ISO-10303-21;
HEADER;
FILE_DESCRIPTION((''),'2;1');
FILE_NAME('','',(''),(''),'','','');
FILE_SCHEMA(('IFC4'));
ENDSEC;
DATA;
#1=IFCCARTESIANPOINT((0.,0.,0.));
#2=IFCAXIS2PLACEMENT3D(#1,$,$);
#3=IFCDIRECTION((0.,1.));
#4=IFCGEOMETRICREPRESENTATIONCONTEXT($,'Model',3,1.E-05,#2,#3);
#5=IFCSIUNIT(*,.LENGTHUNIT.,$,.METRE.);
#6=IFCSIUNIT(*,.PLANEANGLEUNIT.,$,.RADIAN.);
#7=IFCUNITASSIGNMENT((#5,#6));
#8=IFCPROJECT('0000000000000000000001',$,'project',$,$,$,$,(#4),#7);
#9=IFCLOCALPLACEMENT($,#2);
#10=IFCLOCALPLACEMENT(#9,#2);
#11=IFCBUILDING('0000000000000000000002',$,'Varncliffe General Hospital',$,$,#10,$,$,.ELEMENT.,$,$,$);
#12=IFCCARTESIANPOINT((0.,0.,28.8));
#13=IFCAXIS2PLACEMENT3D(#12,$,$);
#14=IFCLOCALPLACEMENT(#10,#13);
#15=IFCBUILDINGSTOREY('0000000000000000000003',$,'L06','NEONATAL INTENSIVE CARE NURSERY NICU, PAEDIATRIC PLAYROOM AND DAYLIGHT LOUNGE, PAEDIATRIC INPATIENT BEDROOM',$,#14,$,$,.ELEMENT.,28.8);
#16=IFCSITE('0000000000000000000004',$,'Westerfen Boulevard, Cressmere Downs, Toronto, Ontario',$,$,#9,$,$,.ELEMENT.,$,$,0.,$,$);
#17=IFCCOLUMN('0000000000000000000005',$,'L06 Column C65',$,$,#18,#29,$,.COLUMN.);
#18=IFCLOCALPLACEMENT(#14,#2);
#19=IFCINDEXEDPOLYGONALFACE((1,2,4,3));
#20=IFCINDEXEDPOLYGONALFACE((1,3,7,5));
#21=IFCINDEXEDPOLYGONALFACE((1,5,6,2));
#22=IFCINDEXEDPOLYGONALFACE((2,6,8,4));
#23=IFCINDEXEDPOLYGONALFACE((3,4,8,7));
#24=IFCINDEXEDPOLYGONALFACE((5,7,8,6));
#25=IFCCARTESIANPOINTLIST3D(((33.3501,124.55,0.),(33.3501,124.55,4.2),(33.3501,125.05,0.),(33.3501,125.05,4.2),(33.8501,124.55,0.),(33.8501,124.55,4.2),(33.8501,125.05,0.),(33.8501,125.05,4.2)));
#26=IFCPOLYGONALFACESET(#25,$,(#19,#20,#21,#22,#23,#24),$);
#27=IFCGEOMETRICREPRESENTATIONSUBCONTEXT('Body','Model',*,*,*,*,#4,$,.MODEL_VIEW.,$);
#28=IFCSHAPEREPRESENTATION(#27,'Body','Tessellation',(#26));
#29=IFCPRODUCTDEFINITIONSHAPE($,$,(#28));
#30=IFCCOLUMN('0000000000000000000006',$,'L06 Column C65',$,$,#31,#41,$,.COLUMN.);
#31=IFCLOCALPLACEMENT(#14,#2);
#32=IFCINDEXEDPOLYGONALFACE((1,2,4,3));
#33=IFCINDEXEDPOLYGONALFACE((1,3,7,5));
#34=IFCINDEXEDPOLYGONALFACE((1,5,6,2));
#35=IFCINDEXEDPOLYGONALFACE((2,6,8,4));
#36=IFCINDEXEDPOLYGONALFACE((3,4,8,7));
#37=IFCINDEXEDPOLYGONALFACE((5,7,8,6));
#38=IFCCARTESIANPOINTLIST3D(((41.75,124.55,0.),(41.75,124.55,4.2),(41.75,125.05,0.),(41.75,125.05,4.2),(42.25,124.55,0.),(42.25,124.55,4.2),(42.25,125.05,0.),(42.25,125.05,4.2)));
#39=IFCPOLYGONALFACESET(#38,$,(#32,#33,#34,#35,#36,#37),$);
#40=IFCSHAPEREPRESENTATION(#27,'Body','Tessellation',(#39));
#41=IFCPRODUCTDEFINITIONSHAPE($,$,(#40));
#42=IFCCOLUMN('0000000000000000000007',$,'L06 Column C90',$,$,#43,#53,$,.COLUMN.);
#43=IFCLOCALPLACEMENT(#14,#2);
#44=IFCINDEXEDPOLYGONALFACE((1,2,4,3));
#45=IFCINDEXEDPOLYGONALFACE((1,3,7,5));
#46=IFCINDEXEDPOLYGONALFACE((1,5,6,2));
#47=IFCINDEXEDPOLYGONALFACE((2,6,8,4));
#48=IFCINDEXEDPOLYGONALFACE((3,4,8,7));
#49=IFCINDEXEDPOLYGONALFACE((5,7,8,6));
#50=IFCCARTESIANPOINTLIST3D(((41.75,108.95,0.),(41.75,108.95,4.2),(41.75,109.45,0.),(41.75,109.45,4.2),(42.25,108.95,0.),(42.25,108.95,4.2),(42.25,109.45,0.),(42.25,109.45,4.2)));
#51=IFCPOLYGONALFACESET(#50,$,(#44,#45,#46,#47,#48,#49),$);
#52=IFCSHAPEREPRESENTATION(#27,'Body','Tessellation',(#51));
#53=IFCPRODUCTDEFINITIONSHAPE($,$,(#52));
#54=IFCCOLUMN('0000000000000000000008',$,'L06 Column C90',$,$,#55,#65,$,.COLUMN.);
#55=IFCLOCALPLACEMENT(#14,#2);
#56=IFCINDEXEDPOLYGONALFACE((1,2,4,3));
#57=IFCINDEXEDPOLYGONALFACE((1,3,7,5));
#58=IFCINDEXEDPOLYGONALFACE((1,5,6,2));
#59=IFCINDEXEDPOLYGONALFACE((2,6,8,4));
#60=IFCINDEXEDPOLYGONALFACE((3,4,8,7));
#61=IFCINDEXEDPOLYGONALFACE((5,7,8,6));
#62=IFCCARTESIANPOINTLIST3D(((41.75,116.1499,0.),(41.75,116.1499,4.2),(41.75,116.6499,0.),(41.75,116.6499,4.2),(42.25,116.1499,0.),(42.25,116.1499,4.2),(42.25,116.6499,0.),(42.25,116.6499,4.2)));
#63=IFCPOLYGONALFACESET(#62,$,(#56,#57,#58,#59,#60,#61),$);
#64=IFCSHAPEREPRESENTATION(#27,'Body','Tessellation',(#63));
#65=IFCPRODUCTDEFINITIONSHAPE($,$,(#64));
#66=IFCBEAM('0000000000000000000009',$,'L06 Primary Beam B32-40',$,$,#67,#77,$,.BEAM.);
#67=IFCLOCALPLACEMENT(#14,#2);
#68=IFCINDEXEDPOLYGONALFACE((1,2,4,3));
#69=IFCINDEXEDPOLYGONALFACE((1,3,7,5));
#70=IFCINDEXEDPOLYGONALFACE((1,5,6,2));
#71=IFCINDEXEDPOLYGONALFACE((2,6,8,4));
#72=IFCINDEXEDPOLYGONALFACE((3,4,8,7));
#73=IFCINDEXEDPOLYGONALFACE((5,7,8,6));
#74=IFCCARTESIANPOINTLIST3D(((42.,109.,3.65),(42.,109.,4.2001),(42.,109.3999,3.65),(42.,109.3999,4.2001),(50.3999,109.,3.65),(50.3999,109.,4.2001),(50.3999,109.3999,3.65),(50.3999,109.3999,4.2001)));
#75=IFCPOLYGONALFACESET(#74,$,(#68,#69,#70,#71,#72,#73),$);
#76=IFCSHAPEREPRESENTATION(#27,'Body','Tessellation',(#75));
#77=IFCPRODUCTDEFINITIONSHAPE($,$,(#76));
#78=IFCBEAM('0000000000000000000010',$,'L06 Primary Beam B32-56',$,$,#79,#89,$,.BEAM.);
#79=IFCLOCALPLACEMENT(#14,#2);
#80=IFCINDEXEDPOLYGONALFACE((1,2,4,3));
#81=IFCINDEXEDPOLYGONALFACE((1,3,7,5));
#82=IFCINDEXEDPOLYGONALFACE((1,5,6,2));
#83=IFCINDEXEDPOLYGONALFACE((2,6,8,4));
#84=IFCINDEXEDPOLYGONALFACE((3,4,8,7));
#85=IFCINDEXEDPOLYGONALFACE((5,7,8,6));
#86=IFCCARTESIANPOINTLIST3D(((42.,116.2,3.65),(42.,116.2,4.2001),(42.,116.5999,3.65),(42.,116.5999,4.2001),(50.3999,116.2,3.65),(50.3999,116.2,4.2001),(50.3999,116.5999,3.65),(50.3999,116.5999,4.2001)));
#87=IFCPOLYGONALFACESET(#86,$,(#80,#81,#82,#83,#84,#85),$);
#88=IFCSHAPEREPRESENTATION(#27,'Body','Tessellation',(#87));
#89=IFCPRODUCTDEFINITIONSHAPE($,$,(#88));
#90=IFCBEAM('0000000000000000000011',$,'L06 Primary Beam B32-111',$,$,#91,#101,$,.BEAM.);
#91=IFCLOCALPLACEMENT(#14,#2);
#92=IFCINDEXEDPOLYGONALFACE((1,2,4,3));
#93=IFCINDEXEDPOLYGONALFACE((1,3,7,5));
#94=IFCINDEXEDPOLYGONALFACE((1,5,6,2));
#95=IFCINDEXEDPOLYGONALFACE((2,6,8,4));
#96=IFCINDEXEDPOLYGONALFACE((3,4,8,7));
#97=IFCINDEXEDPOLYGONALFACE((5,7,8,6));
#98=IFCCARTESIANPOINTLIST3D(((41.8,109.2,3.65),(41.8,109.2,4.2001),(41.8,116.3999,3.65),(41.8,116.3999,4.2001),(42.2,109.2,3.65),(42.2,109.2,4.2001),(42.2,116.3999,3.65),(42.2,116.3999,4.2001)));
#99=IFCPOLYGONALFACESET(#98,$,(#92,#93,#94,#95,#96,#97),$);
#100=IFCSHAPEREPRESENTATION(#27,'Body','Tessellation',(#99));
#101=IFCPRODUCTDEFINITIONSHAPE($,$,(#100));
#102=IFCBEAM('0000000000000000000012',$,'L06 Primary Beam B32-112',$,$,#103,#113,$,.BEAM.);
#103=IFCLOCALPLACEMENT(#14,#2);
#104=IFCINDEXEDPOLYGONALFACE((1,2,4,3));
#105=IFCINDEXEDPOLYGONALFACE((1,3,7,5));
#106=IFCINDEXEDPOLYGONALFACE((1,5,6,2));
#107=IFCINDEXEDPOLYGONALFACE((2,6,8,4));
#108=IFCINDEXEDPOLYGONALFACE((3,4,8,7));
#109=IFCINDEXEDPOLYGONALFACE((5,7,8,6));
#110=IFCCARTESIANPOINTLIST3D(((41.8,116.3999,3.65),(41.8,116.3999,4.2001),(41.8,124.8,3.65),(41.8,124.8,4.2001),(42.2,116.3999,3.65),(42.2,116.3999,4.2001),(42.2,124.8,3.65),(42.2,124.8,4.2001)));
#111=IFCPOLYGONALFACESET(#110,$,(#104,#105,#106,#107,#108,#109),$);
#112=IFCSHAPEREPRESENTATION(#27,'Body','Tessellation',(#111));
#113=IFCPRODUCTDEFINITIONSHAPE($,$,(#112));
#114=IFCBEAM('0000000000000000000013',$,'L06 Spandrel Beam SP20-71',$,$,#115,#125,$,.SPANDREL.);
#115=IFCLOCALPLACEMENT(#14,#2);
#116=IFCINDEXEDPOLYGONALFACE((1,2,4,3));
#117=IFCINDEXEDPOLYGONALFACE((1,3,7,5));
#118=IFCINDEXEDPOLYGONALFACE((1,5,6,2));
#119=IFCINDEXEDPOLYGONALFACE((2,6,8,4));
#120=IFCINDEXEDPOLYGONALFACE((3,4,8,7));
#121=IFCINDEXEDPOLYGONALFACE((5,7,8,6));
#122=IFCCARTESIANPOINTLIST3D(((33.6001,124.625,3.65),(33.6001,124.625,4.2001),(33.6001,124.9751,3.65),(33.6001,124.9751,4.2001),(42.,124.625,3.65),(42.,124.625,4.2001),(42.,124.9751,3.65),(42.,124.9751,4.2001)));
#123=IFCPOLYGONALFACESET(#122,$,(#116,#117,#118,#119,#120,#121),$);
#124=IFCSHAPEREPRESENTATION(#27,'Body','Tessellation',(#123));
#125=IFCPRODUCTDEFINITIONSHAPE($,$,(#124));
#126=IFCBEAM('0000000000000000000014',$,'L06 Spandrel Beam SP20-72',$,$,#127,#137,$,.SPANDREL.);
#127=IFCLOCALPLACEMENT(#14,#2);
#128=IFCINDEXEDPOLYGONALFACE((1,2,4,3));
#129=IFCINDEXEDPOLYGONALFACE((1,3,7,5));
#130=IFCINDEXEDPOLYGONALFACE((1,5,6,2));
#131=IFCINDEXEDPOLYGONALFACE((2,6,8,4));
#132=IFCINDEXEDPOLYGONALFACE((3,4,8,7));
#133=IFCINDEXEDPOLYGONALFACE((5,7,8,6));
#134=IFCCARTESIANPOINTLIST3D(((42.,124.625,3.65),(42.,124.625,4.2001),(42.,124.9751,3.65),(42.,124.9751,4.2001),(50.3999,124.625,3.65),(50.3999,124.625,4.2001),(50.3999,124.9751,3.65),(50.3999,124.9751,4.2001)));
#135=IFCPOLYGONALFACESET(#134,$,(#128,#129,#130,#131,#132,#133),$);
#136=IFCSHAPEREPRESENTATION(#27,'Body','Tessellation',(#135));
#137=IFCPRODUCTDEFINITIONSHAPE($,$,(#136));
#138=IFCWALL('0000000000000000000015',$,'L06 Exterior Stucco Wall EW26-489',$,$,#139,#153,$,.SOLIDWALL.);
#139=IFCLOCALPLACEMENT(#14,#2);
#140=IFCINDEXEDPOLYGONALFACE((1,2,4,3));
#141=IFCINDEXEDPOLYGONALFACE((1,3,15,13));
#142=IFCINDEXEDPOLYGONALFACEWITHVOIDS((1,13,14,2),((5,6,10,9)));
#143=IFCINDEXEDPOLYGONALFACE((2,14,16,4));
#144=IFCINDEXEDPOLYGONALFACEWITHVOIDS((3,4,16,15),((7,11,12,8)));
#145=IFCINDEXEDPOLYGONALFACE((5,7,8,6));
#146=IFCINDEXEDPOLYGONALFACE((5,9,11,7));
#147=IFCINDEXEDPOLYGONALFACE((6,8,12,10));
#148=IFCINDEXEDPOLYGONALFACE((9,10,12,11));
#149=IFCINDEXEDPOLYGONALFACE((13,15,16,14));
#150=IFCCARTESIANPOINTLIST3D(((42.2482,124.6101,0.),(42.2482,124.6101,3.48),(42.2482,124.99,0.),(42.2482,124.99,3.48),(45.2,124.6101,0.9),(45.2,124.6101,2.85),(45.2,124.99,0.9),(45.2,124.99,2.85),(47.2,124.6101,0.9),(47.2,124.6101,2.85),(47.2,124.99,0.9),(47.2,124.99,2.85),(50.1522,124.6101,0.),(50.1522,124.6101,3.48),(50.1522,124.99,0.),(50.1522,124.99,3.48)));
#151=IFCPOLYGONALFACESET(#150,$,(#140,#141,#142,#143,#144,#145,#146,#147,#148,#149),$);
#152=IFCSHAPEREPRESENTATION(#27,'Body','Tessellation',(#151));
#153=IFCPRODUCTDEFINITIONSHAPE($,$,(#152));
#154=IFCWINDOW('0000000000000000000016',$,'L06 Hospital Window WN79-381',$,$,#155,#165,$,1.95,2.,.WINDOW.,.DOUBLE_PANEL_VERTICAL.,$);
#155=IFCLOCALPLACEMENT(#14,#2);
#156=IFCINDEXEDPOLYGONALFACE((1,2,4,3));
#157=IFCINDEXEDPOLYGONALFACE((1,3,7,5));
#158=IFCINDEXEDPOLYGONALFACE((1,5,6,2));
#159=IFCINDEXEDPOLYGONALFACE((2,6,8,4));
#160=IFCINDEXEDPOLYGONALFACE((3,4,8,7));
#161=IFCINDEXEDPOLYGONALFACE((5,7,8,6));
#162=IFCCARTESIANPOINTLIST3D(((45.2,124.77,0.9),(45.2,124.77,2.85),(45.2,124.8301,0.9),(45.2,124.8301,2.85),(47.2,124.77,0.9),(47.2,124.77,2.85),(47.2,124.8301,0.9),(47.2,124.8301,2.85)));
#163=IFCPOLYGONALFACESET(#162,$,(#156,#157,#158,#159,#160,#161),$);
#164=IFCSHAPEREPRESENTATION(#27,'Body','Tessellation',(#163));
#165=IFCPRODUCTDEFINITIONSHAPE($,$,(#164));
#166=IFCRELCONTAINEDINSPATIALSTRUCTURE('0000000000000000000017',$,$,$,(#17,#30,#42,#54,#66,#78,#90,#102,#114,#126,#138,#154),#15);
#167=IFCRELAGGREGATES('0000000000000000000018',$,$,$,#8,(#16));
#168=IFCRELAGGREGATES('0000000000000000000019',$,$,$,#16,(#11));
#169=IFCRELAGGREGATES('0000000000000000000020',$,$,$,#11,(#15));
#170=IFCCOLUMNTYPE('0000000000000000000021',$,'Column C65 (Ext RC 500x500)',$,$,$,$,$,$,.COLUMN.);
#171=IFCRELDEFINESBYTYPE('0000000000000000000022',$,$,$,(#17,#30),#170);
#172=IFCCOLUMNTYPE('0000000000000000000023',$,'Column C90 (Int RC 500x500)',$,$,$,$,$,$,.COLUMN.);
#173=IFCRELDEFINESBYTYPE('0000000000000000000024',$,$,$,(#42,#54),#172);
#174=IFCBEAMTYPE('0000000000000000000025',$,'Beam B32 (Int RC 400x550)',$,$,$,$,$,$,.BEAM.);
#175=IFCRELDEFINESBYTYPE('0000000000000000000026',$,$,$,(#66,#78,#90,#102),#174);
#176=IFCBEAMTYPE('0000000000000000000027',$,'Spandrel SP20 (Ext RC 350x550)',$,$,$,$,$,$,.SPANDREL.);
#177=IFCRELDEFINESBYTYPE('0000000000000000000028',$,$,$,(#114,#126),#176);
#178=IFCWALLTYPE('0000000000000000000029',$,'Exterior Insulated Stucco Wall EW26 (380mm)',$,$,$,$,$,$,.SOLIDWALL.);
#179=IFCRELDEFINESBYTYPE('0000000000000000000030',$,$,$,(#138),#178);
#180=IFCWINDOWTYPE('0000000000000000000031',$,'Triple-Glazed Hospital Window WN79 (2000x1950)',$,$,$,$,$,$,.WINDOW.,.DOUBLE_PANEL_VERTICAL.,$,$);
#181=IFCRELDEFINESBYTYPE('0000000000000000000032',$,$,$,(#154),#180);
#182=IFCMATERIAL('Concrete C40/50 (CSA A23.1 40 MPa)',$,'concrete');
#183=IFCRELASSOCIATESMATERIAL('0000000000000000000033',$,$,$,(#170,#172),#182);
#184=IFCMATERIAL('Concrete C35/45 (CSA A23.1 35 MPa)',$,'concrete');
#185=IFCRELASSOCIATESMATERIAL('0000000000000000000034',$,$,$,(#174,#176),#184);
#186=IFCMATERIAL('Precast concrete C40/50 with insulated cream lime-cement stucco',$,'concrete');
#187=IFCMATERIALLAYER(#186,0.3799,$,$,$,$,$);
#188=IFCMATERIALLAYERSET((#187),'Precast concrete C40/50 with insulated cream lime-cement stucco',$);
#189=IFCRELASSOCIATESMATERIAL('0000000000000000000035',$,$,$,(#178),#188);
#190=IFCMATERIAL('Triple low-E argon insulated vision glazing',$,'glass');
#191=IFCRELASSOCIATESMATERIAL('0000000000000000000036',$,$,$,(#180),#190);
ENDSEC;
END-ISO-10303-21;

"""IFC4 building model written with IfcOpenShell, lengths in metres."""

from ifc_helpers import new_model, si_unit, direction, frame, frame_2d, origin, origin_2d, place, context, subcontext, project, spatial, rectangle, extrude, material, layer, layer_set, material_profile, profile_set, type_object, element, fill, save


model = new_model("IFC4")

# Units and contexts
model_context = context("Model", 3, precision=1e-05, world=origin(), true_north=direction((0.0, 1.0)))
body_context = subcontext(model_context, "Body", "Model", "MODEL_VIEW")
ifc_project = project(units=[si_unit("LENGTHUNIT", "METRE"), si_unit("PLANEANGLEUNIT", "RADIAN")], contexts=[model_context])

# Site, building, storey
site_placement = place(None, origin())
site = spatial("IfcSite", under=ifc_project, at=site_placement, Name="Westerfen Boulevard, Cressmere Downs, Toronto, Ontario", CompositionType="ELEMENT", RefElevation=0.0)
building_placement = place(site_placement, origin())
building = spatial("IfcBuilding", under=site, at=building_placement, Name="Varncliffe General Hospital", CompositionType="ELEMENT")
storey_placement = place(building_placement, frame((0.0, 0.0, 28.8)))
storey = spatial("IfcBuildingStorey", under=building, at=storey_placement, Name="L06", Description="NEONATAL INTENSIVE CARE NURSERY NICU, PAEDIATRIC PLAYROOM AND DAYLIGHT LOUNGE, PAEDIATRIC INPATIENT BEDROOM", CompositionType="ELEMENT", Elevation=28.8)

# Columns
ifc_material_1 = material(Name="Concrete C40/50 (CSA A23.1 40 MPa)", Category="concrete")
ifc_material_profile_1 = material_profile(ifc_material_1, rectangle(XDim=0.5, YDim=0.5, at=origin_2d()), Name="RC 500x500")
ifc_profile_set_1 = profile_set([ifc_material_profile_1], Name="Concrete C40/50 (CSA A23.1 40 MPa)")
column_type_1 = type_object("IfcColumnType", Name="Column C65 (Ext RC 500x500)", PredefinedType="COLUMN", material=ifc_profile_set_1)
for number, where, z_axis, x_axis, name in (
    (1, (33.6001, 124.8, 0.0), (0.0, 0.0, 1.0), (1.0, 0.0, 0.0), "L06 Column C65"),
    (2, (42.0, 124.8, 0.0), (0.0, 0.0, 1.0), (1.0, 0.0, 0.0), "L06 Column C65"),
):
    element("IfcColumn", number, at=place(storey_placement, frame(where, z_axis=z_axis, x_axis=x_axis)), inside=storey, type_object=column_type_1, Name=name, PredefinedType="COLUMN", context=body_context, shape_type="SweptSolid", body=[
        extrude(rectangle(XDim=0.5, YDim=0.5, at=origin_2d()), origin(), (0.0, 0.0, 1.0), 4.2),
    ])
ifc_material_profile_2 = material_profile(ifc_material_1, rectangle(XDim=0.5, YDim=0.5, at=origin_2d()), Name="RC 500x500")
ifc_profile_set_2 = profile_set([ifc_material_profile_2], Name="Concrete C40/50 (CSA A23.1 40 MPa)")
column_type_2 = type_object("IfcColumnType", Name="Column C90 (Int RC 500x500)", PredefinedType="COLUMN", material=ifc_profile_set_2)
for number, where, z_axis, x_axis, name in (
    (3, (42.0, 109.2, 0.0), (0.0, 0.0, 1.0), (1.0, 0.0, 0.0), "L06 Column C90"),
    (4, (42.0, 116.3999, 0.0), (0.0, 0.0, 1.0), (1.0, 0.0, 0.0), "L06 Column C90"),
):
    element("IfcColumn", number, at=place(storey_placement, frame(where, z_axis=z_axis, x_axis=x_axis)), inside=storey, type_object=column_type_2, Name=name, PredefinedType="COLUMN", context=body_context, shape_type="SweptSolid", body=[
        extrude(rectangle(XDim=0.5, YDim=0.5, at=origin_2d()), origin(), (0.0, 0.0, 1.0), 4.2),
    ])

# Beams
ifc_material_2 = material(Name="Concrete C35/45 (CSA A23.1 35 MPa)", Category="concrete")
ifc_material_profile_3 = material_profile(ifc_material_2, rectangle(XDim=0.3999, YDim=0.55, at=origin_2d()), Name="RC 400x550")
ifc_profile_set_3 = profile_set([ifc_material_profile_3], Name="Concrete C35/45 (CSA A23.1 35 MPa)")
beam_type_1 = type_object("IfcBeamType", Name="Beam B32 (Int RC 400x550)", PredefinedType="BEAM", material=ifc_profile_set_3)
for number, where, z_axis, x_axis, name in (
    (5, (42.0, 109.2, 3.925), (1.0, 0.0, 0.0), (0.0, 1.0, 0.0), "L06 Primary Beam B32-40"),
    (6, (42.0, 116.3999, 3.925), (1.0, 0.0, 0.0), (0.0, 1.0, 0.0), "L06 Primary Beam B32-56"),
):
    element("IfcBeam", number, at=place(storey_placement, frame(where, z_axis=z_axis, x_axis=x_axis)), inside=storey, type_object=beam_type_1, Name=name, PredefinedType="BEAM", context=body_context, shape_type="SweptSolid", body=[
        extrude(rectangle(XDim=0.3999, YDim=0.55, at=origin_2d()), origin(), (0.0, 0.0, 1.0), 8.3999),
    ])
beam_1_placement = place(storey_placement, frame((42.0, 109.2, 3.925), z_axis=(0.0, 1.0, 0.0), x_axis=(-1.0, 0.0, 0.0)))
element("IfcBeam", 7, at=beam_1_placement, inside=storey, type_object=beam_type_1, Name="L06 Primary Beam B32-111", PredefinedType="BEAM", context=body_context, shape_type="SweptSolid", body=[
    extrude(rectangle(XDim=0.3999, YDim=0.55, at=origin_2d()), origin(), (0.0, 0.0, 1.0), 7.2),
])
beam_2_placement = place(storey_placement, frame((42.0, 116.3999, 3.925), z_axis=(0.0, 1.0, 0.0), x_axis=(-1.0, 0.0, 0.0)))
element("IfcBeam", 8, at=beam_2_placement, inside=storey, type_object=beam_type_1, Name="L06 Primary Beam B32-112", PredefinedType="BEAM", context=body_context, shape_type="SweptSolid", body=[
    extrude(rectangle(XDim=0.3999, YDim=0.55, at=origin_2d()), origin(), (0.0, 0.0, 1.0), 8.4001),
])
ifc_material_profile_4 = material_profile(ifc_material_2, rectangle(XDim=0.3501, YDim=0.55, at=origin_2d()), Name="RC 350x550")
ifc_profile_set_4 = profile_set([ifc_material_profile_4], Name="Concrete C35/45 (CSA A23.1 35 MPa)")
beam_type_2 = type_object("IfcBeamType", Name="Spandrel SP20 (Ext RC 350x550)", PredefinedType="SPANDREL", material=ifc_profile_set_4)
for number, where, z_axis, x_axis, name in (
    (9, (33.6001, 124.8, 3.925), (1.0, 0.0, 0.0), (0.0, 1.0, 0.0), "L06 Spandrel Beam SP20-71"),
    (10, (42.0, 124.8, 3.925), (1.0, 0.0, 0.0), (0.0, 1.0, 0.0), "L06 Spandrel Beam SP20-72"),
):
    element("IfcBeam", number, at=place(storey_placement, frame(where, z_axis=z_axis, x_axis=x_axis)), inside=storey, type_object=beam_type_2, Name=name, PredefinedType="SPANDREL", context=body_context, shape_type="SweptSolid", body=[
        extrude(rectangle(XDim=0.3501, YDim=0.55, at=origin_2d()), origin(), (0.0, 0.0, 1.0), 8.3999),
    ])

# Wall, opening, window
ifc_material_3 = material(Name="Precast concrete C40/50 with insulated cream lime-cement stucco", Category="concrete")
ifc_layer_1 = layer(ifc_material_3, 0.3799)
ifc_layer_set_1 = layer_set([ifc_layer_1], Name="Precast concrete C40/50 with insulated cream lime-cement stucco")
wall_type_1 = type_object("IfcWallType", Name="Exterior Insulated Stucco Wall EW26 (380mm)", PredefinedType="SOLIDWALL", material=ifc_layer_set_1)
wall_1_placement = place(storey_placement, frame((42.248, 124.8, 0.0), z_axis=(0.0, 0.0, 1.0), x_axis=(1.0, 0.0, 0.0)))
wall_1 = element("IfcWall", 11, at=wall_1_placement, inside=storey, type_object=wall_type_1, Name="L06 Exterior Stucco Wall EW26-489", PredefinedType="SOLIDWALL", context=body_context, shape_type="SweptSolid", body=[
    extrude(rectangle(XDim=7.9041, YDim=0.3799, at=frame_2d((3.9521, 0.0))), origin(), (0.0, 0.0, 1.0), 3.48),
])
opening_1_placement = place(wall_1_placement, frame((2.9519, 0.0, 0.8999)))
opening_1 = element("IfcOpeningElement", 12, at=opening_1_placement, cuts=wall_1, PredefinedType="OPENING", context=body_context, shape_type="SweptSolid", body=[
    extrude(rectangle(XDim=2.0, YDim=1.95, at=frame_2d((1.0, 0.9751))), frame((0.0, 0.2, 0.0), z_axis=(0.0, -1.0, 0.0), x_axis=(1.0, 0.0, 0.0)), (0.0, 0.0, 1.0), 0.3999),
])
ifc_material_4 = material(Name="Triple low-E argon insulated vision glazing", Category="glass")
window_type_1 = type_object("IfcWindowType", Name="Triple-Glazed Hospital Window WN79 (2000x1950)", PartitioningType="DOUBLE_PANEL_VERTICAL", PredefinedType="WINDOW", material=ifc_material_4)
window_1_placement = place(opening_1_placement, origin())
window_1 = element("IfcWindow", 13, at=window_1_placement, inside=storey, type_object=window_type_1, Name="L06 Hospital Window WN79-381", OverallHeight=1.95, OverallWidth=2.0, PartitioningType="DOUBLE_PANEL_VERTICAL", PredefinedType="WINDOW", context=body_context, shape_type="SweptSolid", body=[
    extrude(rectangle(XDim=2.0, YDim=1.95, at=frame_2d((1.0, 0.9751))), frame((0.0, 0.03, 0.0), z_axis=(0.0, -1.0, 0.0), x_axis=(1.0, 0.0, 0.0)), (0.0, 0.0, 1.0), 0.0601),
])
fill(opening_1, window_1)

save(model, "model.ifc")
